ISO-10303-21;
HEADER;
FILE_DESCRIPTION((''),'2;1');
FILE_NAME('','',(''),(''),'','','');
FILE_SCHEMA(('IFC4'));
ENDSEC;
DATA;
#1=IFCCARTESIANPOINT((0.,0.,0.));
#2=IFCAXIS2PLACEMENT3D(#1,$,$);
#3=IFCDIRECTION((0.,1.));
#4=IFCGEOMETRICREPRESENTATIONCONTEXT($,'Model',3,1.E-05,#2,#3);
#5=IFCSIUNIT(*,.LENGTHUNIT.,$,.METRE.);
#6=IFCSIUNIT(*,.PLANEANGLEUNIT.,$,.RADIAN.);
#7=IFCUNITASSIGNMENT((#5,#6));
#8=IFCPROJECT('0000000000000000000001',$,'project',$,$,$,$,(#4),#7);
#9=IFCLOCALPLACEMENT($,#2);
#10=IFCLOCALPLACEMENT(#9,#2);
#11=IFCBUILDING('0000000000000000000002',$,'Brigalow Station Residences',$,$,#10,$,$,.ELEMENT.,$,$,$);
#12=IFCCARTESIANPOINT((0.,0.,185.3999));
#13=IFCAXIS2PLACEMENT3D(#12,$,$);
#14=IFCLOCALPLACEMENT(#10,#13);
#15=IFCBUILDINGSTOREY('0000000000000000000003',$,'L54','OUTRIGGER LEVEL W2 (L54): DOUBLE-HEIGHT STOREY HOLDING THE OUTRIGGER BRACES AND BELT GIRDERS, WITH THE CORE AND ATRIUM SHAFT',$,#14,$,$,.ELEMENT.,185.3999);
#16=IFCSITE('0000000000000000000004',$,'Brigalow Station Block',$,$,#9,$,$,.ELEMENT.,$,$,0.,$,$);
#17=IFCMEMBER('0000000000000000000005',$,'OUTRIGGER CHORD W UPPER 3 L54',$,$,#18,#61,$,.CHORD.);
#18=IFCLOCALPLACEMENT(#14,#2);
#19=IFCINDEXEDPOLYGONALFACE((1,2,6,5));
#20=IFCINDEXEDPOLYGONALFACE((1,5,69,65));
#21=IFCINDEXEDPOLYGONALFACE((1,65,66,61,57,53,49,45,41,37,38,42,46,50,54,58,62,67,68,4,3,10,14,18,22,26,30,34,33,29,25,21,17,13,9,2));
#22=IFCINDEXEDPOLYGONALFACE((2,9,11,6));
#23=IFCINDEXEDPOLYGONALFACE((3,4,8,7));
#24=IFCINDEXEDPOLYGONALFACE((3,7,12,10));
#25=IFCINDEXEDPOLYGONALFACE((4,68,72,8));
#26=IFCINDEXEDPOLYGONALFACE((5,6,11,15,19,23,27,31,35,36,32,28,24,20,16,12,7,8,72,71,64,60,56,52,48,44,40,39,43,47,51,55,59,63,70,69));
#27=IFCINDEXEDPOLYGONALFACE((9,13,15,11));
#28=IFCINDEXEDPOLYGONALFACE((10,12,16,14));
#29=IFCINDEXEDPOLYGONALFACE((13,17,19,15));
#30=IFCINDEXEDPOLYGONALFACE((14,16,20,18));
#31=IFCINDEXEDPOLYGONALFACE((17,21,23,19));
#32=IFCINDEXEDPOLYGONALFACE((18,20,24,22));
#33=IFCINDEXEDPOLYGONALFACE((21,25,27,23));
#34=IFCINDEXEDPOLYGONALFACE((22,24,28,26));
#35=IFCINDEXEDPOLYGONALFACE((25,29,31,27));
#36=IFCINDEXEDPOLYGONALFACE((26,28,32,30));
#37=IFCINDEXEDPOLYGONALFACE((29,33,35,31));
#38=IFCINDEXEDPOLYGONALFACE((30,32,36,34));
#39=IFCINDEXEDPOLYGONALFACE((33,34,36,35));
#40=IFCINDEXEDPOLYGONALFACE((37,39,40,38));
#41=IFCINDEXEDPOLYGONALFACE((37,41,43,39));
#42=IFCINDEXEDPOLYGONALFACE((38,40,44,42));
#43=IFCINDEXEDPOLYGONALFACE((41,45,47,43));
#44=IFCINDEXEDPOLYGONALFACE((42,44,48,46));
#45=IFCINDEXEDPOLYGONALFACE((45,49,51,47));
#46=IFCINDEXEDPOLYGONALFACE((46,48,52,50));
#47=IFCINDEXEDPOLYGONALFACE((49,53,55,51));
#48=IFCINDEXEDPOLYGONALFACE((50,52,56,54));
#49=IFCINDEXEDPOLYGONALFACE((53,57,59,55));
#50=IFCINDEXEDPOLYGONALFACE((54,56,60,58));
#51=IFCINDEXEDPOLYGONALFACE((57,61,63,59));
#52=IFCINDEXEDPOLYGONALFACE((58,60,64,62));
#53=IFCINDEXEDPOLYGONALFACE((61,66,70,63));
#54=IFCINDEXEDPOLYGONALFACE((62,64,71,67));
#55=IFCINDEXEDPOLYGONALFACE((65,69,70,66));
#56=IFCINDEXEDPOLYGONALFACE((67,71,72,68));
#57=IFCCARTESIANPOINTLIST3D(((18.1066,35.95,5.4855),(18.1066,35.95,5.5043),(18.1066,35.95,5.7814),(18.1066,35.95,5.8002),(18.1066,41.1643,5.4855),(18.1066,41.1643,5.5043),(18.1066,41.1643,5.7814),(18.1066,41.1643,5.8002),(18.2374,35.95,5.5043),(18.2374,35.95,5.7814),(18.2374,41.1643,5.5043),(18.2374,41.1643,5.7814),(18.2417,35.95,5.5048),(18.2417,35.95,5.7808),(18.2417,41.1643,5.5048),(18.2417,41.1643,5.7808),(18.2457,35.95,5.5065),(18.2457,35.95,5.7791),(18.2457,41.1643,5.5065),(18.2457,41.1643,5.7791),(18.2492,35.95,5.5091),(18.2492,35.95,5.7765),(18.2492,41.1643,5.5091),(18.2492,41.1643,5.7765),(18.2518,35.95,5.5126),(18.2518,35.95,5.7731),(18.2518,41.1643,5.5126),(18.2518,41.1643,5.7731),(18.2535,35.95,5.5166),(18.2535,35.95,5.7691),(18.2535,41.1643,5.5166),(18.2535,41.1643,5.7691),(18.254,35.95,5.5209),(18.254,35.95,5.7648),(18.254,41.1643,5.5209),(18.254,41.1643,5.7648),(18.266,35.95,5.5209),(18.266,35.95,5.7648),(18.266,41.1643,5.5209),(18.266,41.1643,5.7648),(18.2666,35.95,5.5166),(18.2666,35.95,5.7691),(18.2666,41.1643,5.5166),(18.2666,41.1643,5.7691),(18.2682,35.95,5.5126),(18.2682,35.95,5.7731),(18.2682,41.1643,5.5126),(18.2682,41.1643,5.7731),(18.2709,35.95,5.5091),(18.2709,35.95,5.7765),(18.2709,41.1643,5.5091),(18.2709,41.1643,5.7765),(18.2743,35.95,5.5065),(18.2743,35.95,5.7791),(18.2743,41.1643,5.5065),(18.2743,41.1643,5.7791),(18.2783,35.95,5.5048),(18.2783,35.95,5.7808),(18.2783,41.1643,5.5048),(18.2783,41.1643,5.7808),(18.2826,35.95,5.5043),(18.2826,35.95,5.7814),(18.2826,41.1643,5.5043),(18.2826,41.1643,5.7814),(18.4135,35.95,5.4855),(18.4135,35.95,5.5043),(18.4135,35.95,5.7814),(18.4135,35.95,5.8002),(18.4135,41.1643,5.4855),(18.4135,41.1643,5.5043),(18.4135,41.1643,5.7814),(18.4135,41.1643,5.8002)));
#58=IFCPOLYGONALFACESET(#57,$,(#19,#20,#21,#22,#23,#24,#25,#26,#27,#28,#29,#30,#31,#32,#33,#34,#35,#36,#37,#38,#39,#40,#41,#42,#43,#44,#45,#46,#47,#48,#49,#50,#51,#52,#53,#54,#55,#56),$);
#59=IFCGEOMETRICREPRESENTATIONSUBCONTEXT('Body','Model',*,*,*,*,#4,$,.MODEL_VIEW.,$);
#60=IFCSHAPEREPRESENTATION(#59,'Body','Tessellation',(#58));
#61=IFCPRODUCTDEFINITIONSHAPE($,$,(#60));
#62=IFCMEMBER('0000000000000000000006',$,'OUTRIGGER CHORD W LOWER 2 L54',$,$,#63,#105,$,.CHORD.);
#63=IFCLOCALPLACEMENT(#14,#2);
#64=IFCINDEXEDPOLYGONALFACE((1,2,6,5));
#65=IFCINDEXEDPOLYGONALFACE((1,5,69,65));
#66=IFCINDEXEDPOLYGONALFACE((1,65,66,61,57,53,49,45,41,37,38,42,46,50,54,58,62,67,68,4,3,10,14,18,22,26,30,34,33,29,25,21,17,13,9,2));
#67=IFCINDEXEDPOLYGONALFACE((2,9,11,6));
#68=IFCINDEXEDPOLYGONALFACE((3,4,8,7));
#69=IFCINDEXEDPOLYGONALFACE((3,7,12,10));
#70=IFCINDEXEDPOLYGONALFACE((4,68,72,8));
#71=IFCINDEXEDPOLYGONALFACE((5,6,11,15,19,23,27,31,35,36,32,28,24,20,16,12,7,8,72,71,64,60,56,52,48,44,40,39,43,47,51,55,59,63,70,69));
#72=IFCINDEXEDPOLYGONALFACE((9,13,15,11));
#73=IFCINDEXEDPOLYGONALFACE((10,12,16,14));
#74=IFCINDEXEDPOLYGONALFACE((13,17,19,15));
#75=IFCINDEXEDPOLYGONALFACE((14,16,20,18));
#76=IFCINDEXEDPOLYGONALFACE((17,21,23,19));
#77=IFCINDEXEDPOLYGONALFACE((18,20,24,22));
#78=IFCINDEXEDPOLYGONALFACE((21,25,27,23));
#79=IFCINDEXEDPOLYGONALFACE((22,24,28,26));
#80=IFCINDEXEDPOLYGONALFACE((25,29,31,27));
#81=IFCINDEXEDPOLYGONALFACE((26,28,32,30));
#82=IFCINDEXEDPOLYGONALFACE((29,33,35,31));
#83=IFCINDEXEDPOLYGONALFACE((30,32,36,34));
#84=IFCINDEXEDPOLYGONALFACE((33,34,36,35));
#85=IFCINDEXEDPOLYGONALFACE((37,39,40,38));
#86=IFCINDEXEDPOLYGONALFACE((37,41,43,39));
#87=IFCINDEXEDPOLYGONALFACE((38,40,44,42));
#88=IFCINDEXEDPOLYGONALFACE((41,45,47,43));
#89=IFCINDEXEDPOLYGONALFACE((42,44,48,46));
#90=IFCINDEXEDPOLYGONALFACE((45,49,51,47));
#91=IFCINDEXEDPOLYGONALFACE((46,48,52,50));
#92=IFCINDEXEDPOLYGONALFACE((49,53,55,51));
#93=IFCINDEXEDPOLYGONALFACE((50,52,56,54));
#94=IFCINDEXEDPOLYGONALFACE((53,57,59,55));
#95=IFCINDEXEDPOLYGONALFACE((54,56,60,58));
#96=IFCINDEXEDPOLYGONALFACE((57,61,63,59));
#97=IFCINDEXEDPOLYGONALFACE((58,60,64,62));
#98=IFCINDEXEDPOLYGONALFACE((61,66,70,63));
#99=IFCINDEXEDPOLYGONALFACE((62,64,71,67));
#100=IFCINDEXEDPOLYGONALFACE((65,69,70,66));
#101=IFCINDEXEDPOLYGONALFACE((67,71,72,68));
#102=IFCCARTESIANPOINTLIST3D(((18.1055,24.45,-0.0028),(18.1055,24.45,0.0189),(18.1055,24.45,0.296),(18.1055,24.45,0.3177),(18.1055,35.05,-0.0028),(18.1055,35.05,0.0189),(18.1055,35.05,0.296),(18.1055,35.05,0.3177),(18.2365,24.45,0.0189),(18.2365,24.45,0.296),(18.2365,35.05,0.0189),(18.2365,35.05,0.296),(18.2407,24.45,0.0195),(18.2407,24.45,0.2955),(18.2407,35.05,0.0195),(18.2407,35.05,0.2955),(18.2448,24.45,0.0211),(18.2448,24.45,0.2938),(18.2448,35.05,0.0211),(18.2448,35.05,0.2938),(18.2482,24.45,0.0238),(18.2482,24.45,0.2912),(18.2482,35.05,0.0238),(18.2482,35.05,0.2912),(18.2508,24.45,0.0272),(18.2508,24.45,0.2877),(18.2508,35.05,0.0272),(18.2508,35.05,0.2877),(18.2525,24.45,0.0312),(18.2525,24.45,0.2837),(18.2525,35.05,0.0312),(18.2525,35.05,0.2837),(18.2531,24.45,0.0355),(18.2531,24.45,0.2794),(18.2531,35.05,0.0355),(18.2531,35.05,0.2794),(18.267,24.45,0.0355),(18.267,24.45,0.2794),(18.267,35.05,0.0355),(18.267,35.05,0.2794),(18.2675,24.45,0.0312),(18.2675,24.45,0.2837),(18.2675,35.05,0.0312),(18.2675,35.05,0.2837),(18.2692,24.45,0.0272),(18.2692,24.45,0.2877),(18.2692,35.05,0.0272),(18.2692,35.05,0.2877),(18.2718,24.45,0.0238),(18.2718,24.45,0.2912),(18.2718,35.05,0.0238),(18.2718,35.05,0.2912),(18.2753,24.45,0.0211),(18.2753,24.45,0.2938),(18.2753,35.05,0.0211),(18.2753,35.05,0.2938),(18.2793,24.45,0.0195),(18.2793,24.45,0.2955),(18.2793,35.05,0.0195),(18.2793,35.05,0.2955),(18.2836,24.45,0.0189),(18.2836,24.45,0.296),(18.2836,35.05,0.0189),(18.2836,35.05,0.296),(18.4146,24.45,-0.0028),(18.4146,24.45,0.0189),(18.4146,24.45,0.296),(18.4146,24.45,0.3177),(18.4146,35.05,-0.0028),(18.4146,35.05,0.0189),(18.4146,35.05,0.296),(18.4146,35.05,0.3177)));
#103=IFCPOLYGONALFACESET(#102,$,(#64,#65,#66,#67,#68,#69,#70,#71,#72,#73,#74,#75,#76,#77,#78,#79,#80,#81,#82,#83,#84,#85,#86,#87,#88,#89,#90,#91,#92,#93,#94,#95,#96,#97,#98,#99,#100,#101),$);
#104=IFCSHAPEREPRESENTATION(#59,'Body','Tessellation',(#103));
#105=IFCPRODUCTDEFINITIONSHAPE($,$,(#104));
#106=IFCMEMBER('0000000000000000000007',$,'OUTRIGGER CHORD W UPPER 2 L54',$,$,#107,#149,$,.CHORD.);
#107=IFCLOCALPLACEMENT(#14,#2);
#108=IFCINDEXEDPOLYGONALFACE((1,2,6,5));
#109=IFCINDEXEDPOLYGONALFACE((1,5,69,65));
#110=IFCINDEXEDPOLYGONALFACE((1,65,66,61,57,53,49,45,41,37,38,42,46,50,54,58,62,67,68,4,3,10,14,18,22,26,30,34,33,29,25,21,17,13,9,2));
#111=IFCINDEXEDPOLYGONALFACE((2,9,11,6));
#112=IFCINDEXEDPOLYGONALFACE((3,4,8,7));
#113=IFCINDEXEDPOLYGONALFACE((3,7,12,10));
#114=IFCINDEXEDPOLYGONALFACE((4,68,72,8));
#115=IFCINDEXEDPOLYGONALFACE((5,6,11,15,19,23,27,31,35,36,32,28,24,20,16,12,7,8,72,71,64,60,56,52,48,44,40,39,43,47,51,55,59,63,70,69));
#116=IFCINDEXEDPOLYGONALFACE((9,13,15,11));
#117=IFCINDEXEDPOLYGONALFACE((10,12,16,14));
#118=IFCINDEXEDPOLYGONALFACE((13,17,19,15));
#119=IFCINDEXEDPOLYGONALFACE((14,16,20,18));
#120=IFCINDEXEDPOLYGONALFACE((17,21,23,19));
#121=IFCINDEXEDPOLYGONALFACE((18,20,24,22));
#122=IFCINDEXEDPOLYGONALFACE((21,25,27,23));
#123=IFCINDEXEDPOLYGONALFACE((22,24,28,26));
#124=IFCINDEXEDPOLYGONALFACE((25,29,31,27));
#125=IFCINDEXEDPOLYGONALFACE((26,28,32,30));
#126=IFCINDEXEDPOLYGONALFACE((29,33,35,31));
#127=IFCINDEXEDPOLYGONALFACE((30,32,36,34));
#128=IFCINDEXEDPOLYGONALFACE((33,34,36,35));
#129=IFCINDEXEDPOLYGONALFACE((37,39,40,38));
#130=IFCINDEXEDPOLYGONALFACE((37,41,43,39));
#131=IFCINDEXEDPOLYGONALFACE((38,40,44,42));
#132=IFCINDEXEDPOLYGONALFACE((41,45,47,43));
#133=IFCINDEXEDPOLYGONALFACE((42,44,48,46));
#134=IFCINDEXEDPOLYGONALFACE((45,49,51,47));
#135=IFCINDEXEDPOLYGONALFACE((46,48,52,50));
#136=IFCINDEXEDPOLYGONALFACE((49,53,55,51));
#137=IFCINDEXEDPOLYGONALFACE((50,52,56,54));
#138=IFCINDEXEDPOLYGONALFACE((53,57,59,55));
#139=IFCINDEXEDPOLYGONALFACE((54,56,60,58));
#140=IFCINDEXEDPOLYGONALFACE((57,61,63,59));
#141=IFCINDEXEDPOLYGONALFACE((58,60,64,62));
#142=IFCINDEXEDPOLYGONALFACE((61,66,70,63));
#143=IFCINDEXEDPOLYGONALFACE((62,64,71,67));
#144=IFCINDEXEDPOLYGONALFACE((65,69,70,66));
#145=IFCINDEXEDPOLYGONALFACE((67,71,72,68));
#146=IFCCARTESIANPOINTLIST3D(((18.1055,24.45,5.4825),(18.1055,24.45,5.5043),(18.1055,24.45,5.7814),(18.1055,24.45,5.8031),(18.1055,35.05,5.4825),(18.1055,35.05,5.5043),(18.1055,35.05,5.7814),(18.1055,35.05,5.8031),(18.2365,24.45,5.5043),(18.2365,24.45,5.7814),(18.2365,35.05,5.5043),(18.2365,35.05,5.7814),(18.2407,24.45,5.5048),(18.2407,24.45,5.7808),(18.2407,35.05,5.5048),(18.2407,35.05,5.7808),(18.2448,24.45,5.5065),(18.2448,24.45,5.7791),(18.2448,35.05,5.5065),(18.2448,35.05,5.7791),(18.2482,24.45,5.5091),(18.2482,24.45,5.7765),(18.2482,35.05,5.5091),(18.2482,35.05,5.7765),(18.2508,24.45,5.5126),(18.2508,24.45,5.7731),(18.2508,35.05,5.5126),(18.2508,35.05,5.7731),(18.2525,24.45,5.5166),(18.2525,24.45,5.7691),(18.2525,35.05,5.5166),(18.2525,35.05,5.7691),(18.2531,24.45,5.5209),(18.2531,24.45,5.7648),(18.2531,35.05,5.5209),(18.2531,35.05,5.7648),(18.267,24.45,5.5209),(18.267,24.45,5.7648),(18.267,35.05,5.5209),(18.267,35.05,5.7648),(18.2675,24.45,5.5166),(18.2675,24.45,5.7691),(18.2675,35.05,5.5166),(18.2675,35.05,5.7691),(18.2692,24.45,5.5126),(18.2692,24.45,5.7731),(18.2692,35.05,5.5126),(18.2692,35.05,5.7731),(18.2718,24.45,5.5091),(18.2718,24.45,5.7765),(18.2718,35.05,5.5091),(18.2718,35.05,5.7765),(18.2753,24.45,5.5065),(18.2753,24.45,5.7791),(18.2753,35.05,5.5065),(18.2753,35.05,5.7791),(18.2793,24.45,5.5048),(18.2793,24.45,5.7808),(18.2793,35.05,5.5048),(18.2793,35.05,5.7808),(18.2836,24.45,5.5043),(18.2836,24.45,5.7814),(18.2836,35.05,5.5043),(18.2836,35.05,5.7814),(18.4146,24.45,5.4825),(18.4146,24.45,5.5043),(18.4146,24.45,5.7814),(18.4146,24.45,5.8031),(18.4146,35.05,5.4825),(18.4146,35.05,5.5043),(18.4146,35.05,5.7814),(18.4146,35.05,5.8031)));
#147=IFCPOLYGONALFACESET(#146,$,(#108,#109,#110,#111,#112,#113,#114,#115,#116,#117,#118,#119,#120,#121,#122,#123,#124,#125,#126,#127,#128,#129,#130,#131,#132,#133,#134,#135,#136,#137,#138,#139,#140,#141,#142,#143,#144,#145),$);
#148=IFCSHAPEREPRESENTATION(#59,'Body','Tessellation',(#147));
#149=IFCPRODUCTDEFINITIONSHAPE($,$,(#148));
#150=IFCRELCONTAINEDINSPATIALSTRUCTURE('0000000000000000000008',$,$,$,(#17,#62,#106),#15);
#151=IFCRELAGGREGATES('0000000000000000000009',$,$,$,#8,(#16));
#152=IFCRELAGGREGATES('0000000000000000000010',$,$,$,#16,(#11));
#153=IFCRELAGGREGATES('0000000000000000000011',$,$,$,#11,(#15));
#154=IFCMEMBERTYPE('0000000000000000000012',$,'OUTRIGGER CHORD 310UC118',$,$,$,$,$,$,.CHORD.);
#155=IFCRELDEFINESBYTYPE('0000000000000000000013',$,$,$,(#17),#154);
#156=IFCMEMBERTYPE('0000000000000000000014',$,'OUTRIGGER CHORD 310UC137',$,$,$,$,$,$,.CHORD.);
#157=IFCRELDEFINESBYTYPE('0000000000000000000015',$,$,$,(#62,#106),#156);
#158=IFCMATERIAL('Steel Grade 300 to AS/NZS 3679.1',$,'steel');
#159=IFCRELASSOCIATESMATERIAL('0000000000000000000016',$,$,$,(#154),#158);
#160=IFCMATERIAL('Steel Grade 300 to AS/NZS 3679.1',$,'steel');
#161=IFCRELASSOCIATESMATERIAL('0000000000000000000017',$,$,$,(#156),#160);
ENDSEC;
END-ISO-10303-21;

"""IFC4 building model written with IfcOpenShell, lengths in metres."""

from ifc_helpers import new_model, si_unit, direction, frame, origin, origin_2d, place, context, subcontext, project, spatial, i_section, extrude, material, material_profile, profile_set, type_object, element, save


model = new_model("IFC4")

# Units and contexts
model_context = context("Model", 3, precision=1e-05, world=origin(), true_north=direction((0.0, 1.0)))
body_context = subcontext(model_context, "Body", "Model", "MODEL_VIEW")
ifc_project = project(units=[si_unit("LENGTHUNIT", "METRE"), si_unit("PLANEANGLEUNIT", "RADIAN")], contexts=[model_context])

# Site, building, storey
site_placement = place(None, origin())
site = spatial("IfcSite", under=ifc_project, at=site_placement, Name="Brigalow Station Block", CompositionType="ELEMENT", RefElevation=0.0)
building_placement = place(site_placement, origin())
building = spatial("IfcBuilding", under=site, at=building_placement, Name="Brigalow Station Residences", CompositionType="ELEMENT")
storey_placement = place(building_placement, frame((0.0, 0.0, 185.3999)))
storey = spatial("IfcBuildingStorey", under=building, at=storey_placement, Name="L54", Description="OUTRIGGER LEVEL W2 (L54): DOUBLE-HEIGHT STOREY HOLDING THE OUTRIGGER BRACES AND BELT GIRDERS, WITH THE CORE AND ATRIUM SHAFT", CompositionType="ELEMENT", Elevation=185.3999)

# Members
ifc_material_1 = material(Name="Steel Grade 300 to AS/NZS 3679.1", Category="steel")
ifc_material_profile_1 = material_profile(ifc_material_1, i_section(OverallWidth=0.3069, OverallDepth=0.3147, WebThickness=0.012, FlangeThickness=0.0188, FilletRadius=0.0166, at=origin_2d()), Name="310UC118")
ifc_profile_set_1 = profile_set([ifc_material_profile_1], Name="Steel Grade 300 to AS/NZS 3679.1")
member_type_1 = type_object("IfcMemberType", Name="OUTRIGGER CHORD 310UC118", PredefinedType="CHORD", material=ifc_profile_set_1)
member_1_placement = place(storey_placement, frame((18.26, 35.95, 5.6428), z_axis=(0.0, 1.0, 0.0), x_axis=(-1.0, 0.0, 0.0)))
element("IfcMember", 1, at=member_1_placement, inside=storey, type_object=member_type_1, Name="OUTRIGGER CHORD W UPPER 3 L54", PredefinedType="CHORD", context=body_context, shape_type="SweptSolid", body=[
    extrude(i_section(OverallWidth=0.3069, OverallDepth=0.3147, WebThickness=0.012, FlangeThickness=0.0188, FilletRadius=0.0166, at=origin_2d()), origin(), (0.0, 0.0, 1.0), 5.2144),
])
ifc_material_2 = material(Name="Steel Grade 300 to AS/NZS 3679.1", Category="steel")
ifc_material_profile_2 = material_profile(ifc_material_2, i_section(OverallWidth=0.3091, OverallDepth=0.3206, WebThickness=0.0139, FlangeThickness=0.0217, FilletRadius=0.0166, at=origin_2d()), Name="310UC137")
ifc_profile_set_2 = profile_set([ifc_material_profile_2], Name="Steel Grade 300 to AS/NZS 3679.1")
member_type_2 = type_object("IfcMemberType", Name="OUTRIGGER CHORD 310UC137", PredefinedType="CHORD", material=ifc_profile_set_2)
for number, where, z_axis, x_axis, name in (
    (2, (18.26, 24.45, 0.1575), (0.0, 1.0, 0.0), (-1.0, 0.0, 0.0), "OUTRIGGER CHORD W LOWER 2 L54"),
    (3, (18.26, 24.45, 5.6428), (0.0, 1.0, 0.0), (-1.0, 0.0, 0.0), "OUTRIGGER CHORD W UPPER 2 L54"),
):
    element("IfcMember", number, at=place(storey_placement, frame(where, z_axis=z_axis, x_axis=x_axis)), inside=storey, type_object=member_type_2, Name=name, PredefinedType="CHORD", context=body_context, shape_type="SweptSolid", body=[
        extrude(i_section(OverallWidth=0.3091, OverallDepth=0.3206, WebThickness=0.0139, FlangeThickness=0.0217, FilletRadius=0.0166, at=origin_2d()), origin(), (0.0, 0.0, 1.0), 10.6001),
    ])

save(model, "model.ifc")
